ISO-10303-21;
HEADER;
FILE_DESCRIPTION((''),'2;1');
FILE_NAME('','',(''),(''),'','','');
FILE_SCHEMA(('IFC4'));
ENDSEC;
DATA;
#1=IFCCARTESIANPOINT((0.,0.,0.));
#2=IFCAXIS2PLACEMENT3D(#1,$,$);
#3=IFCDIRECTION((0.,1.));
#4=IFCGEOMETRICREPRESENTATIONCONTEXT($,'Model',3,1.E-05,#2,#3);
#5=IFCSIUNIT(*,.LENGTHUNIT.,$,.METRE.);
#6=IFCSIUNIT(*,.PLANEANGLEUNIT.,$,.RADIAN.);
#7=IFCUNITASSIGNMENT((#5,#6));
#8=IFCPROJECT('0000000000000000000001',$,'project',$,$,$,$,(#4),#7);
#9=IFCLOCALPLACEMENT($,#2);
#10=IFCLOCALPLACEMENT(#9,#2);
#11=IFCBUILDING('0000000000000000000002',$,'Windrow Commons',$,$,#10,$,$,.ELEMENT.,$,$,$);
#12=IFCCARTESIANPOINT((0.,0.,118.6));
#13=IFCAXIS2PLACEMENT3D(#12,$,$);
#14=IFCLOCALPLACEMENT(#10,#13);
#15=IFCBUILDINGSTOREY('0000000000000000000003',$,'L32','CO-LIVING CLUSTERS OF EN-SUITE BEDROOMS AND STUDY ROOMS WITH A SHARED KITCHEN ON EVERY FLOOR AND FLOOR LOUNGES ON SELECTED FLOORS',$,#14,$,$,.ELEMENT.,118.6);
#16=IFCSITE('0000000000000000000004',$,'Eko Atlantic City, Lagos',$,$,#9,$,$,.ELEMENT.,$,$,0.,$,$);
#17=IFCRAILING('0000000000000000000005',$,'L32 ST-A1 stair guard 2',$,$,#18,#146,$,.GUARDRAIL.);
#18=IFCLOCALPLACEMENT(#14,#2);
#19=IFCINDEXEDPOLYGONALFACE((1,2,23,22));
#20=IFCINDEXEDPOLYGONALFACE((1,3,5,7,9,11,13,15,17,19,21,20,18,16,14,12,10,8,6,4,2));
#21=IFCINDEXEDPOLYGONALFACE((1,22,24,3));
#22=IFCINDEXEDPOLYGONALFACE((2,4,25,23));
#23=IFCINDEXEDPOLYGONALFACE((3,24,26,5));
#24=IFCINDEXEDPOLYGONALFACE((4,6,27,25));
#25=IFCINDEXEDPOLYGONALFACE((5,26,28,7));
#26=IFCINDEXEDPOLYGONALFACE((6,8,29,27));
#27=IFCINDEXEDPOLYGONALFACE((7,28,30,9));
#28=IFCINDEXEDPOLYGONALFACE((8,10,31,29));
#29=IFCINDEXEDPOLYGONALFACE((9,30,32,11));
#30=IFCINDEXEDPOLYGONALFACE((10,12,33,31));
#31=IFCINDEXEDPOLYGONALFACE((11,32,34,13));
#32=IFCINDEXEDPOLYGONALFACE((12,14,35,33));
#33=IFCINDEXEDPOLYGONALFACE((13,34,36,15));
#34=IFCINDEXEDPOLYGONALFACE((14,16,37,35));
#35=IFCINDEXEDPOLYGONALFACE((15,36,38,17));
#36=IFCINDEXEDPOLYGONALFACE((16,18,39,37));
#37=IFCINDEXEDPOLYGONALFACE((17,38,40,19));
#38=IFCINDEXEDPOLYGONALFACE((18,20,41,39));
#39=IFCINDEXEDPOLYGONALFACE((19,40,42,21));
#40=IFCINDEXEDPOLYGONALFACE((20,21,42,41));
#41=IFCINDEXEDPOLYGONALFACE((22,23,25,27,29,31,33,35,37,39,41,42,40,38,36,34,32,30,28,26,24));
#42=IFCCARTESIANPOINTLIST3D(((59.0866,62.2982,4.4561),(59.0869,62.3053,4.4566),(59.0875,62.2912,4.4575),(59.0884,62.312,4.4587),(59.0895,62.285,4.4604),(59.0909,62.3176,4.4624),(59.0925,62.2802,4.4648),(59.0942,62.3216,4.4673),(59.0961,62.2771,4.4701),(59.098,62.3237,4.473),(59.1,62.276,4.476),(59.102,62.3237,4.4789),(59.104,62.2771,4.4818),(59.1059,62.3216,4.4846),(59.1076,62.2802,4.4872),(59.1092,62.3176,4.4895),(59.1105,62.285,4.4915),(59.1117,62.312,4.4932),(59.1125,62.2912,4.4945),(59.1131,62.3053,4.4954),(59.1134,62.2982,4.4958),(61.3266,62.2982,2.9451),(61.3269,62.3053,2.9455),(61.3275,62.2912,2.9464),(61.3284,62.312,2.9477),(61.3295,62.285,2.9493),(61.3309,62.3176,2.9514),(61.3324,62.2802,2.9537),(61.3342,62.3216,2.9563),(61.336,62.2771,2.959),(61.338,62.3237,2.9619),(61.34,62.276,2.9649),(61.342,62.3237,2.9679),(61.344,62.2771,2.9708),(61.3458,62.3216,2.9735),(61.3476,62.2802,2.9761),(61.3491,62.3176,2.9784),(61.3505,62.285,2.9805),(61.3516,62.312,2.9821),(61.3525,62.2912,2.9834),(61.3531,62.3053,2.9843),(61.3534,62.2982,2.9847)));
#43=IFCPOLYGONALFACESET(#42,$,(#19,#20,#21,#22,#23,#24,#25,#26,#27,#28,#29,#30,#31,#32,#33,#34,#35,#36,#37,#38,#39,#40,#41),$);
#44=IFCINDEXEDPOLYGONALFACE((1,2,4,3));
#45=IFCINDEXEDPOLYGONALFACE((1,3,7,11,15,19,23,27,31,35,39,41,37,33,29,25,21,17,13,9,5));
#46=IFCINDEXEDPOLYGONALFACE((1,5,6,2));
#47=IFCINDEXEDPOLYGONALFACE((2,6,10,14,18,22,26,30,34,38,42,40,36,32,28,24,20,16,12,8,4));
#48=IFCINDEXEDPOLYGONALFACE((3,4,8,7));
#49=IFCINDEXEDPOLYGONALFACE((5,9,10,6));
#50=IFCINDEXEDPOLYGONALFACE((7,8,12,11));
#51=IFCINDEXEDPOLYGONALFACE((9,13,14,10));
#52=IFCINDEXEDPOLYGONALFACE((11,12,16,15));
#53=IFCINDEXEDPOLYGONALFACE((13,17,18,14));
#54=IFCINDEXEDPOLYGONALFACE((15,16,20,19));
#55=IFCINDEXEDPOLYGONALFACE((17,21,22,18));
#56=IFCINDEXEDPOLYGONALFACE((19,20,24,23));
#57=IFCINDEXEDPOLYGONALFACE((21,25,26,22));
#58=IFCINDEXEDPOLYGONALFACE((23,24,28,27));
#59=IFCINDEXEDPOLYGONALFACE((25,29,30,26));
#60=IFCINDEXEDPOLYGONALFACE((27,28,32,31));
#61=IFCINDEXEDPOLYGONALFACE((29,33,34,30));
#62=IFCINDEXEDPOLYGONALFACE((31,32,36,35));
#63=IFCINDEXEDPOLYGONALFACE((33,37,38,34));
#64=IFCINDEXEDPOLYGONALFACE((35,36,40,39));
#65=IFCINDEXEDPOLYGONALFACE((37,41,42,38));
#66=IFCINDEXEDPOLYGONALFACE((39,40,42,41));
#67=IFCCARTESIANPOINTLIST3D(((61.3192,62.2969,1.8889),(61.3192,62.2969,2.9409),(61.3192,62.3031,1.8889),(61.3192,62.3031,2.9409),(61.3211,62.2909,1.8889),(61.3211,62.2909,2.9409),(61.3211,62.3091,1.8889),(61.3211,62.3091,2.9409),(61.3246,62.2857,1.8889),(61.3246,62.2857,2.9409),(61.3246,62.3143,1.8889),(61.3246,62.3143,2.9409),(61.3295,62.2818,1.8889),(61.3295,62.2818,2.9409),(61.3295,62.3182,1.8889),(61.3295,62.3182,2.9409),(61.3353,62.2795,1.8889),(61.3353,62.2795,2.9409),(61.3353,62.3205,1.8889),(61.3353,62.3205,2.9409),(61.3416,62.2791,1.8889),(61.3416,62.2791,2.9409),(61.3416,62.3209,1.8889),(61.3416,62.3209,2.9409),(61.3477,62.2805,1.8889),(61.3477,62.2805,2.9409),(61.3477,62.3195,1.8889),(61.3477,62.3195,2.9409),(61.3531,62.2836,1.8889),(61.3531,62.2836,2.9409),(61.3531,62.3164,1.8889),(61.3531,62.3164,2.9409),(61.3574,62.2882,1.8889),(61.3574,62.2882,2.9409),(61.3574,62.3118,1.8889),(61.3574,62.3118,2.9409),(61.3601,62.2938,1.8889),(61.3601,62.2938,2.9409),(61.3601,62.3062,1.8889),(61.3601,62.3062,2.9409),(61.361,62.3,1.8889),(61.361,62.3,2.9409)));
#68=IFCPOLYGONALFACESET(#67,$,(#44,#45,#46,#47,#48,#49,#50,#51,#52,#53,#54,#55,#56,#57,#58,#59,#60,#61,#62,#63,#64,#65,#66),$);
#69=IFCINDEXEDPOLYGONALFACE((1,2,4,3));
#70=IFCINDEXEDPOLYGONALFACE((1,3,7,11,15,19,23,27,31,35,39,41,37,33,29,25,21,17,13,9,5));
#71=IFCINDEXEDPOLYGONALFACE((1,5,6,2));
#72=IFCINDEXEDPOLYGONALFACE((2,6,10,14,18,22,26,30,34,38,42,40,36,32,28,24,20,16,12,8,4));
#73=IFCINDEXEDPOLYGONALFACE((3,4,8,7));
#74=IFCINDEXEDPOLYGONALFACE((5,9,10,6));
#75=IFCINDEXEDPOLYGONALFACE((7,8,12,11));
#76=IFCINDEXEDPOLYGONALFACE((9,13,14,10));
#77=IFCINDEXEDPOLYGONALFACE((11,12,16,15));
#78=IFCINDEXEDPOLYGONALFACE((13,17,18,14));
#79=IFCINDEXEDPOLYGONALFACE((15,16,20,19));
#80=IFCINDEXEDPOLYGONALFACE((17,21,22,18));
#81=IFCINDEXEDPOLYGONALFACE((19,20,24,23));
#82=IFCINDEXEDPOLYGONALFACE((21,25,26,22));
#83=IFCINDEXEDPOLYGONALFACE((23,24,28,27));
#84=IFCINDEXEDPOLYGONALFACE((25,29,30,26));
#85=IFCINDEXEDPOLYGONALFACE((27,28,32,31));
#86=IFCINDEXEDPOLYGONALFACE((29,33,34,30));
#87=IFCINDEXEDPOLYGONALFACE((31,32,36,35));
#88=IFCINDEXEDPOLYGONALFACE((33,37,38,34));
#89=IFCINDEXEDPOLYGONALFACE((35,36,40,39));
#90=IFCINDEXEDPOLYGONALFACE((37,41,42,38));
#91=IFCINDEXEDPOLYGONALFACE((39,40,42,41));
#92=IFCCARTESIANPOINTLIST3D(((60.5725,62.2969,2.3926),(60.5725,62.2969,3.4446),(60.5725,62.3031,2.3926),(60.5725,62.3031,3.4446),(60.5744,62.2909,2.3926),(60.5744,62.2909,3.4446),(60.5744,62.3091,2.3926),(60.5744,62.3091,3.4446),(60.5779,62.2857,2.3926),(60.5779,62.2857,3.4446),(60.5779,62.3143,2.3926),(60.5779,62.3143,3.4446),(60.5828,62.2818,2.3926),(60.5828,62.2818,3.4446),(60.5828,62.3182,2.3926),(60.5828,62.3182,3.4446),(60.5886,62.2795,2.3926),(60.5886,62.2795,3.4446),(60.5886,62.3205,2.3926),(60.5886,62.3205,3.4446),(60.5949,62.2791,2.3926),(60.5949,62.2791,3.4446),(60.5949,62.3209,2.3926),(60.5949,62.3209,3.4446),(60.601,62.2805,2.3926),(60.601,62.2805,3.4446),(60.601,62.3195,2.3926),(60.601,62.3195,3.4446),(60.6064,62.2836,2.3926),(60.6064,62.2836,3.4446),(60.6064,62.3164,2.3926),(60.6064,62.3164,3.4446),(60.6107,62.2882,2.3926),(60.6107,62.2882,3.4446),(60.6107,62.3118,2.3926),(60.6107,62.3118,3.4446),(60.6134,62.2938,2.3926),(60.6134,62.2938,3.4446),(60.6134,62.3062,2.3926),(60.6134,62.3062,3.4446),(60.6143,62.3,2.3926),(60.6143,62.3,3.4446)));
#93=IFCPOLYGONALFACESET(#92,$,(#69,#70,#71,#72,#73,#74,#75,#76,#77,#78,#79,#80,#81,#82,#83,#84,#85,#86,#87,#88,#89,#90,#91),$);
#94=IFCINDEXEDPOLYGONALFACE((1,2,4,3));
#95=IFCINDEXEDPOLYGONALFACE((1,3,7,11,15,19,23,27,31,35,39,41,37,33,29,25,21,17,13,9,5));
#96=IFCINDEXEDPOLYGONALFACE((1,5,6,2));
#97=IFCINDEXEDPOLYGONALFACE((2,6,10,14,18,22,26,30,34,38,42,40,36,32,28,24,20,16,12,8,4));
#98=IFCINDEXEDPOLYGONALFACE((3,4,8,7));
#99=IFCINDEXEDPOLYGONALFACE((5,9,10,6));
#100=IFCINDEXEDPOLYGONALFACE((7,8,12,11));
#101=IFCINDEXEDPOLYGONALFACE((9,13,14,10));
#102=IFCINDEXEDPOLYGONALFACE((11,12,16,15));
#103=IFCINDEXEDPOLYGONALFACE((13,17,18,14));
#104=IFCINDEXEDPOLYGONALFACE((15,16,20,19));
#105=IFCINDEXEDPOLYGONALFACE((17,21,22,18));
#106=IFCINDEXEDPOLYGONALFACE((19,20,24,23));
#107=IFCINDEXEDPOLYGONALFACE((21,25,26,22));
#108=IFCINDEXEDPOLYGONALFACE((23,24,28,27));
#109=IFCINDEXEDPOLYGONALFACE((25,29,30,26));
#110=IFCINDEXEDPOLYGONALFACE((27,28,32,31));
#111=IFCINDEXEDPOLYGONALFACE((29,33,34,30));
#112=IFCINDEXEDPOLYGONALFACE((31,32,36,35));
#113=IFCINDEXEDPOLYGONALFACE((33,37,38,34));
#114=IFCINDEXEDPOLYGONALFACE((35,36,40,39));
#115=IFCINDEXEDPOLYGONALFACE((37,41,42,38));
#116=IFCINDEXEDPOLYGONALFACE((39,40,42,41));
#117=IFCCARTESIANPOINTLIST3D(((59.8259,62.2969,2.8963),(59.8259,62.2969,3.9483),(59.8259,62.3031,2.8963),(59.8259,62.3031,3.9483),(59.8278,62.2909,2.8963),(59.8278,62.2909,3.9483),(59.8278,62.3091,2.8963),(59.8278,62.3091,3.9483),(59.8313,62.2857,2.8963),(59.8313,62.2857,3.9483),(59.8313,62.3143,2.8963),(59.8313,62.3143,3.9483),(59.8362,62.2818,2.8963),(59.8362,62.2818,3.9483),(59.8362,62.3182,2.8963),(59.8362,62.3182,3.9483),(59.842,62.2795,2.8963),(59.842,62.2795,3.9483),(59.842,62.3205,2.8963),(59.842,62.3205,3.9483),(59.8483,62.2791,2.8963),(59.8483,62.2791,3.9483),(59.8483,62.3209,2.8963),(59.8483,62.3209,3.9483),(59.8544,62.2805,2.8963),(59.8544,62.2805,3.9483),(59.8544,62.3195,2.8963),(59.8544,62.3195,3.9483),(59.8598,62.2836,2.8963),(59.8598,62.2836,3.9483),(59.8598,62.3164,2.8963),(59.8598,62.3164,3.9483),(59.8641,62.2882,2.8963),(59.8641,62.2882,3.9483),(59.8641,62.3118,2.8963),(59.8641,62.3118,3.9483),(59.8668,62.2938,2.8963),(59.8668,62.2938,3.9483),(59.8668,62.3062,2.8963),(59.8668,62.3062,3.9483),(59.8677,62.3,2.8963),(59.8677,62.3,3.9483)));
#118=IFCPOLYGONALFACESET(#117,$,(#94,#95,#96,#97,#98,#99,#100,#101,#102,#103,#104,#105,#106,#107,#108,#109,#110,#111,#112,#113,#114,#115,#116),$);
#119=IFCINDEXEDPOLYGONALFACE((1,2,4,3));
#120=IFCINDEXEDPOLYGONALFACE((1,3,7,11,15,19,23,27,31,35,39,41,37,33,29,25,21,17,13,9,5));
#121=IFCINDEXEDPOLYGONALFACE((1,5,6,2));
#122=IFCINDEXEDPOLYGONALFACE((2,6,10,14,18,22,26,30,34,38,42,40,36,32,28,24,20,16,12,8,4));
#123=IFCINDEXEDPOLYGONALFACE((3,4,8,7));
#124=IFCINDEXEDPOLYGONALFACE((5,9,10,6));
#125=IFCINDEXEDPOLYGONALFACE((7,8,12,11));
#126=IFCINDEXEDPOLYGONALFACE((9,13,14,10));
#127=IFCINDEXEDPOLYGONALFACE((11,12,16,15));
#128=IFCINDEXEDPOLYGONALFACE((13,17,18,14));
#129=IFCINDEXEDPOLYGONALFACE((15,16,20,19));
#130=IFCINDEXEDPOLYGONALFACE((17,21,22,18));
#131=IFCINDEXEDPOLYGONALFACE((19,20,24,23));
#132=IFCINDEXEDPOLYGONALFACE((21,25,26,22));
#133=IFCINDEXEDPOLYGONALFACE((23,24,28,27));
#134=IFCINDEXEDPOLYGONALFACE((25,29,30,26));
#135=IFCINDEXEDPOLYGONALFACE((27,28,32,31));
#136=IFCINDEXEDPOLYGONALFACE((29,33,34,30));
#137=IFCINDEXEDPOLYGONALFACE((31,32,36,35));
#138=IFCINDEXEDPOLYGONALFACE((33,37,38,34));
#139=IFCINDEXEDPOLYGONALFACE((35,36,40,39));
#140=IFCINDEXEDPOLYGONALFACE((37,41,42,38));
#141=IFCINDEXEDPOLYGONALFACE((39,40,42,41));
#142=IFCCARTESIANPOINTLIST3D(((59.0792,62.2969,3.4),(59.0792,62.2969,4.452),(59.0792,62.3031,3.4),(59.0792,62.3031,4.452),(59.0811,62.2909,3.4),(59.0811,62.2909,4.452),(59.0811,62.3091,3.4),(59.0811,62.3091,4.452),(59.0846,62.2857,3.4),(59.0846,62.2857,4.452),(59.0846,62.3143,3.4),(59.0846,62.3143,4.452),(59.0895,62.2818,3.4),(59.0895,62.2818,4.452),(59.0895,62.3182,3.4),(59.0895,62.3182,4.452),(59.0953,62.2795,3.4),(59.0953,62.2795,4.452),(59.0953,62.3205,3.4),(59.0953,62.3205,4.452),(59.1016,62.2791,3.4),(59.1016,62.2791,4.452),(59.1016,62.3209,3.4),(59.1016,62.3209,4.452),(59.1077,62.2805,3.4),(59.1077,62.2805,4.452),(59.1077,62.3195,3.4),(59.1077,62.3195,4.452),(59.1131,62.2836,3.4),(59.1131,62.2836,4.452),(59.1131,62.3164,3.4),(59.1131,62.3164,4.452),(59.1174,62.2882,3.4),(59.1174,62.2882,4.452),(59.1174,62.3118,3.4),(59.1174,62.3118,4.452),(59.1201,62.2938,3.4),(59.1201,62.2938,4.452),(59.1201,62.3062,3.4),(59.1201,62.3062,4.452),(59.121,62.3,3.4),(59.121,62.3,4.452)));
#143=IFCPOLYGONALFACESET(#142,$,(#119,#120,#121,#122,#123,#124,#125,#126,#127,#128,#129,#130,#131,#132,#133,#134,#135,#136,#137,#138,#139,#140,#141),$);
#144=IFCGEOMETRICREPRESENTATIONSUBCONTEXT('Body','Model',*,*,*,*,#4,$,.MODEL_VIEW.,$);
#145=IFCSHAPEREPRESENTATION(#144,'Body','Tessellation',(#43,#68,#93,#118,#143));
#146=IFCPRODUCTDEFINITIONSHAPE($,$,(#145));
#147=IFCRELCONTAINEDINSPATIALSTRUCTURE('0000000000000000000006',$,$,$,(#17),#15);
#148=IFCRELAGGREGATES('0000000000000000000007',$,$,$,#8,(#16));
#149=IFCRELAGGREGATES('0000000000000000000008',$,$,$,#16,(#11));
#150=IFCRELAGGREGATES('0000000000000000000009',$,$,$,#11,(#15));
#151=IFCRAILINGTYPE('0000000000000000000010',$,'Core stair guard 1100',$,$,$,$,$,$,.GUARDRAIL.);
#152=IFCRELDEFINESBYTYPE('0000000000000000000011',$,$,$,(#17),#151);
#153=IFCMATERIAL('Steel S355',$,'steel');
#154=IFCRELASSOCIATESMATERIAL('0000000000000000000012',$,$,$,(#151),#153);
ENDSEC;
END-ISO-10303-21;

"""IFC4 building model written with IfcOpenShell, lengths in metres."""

from ifc_helpers import new_model, si_unit, direction, frame, origin, origin_2d, place, context, subcontext, project, spatial, circle, extrude, material, type_object, element, save


model = new_model("IFC4")

# Units and contexts
model_context = context("Model", 3, precision=1e-05, world=origin(), true_north=direction((0.0, 1.0)))
body_context = subcontext(model_context, "Body", "Model", "MODEL_VIEW")
ifc_project = project(units=[si_unit("LENGTHUNIT", "METRE"), si_unit("PLANEANGLEUNIT", "RADIAN")], contexts=[model_context])

# Site, building, storey
site_placement = place(None, origin())
site = spatial("IfcSite", under=ifc_project, at=site_placement, Name="Eko Atlantic City, Lagos", CompositionType="ELEMENT", RefElevation=0.0)
building_placement = place(site_placement, origin())
building = spatial("IfcBuilding", under=site, at=building_placement, Name="Windrow Commons", CompositionType="ELEMENT")
storey_placement = place(building_placement, frame((0.0, 0.0, 118.6)))
storey = spatial("IfcBuildingStorey", under=building, at=storey_placement, Name="L32", Description="CO-LIVING CLUSTERS OF EN-SUITE BEDROOMS AND STUDY ROOMS WITH A SHARED KITCHEN ON EVERY FLOOR AND FLOOR LOUNGES ON SELECTED FLOORS", CompositionType="ELEMENT", Elevation=118.6)

# Railing
ifc_material_1 = material(Name="Steel S355", Category="steel")
railing_type_1 = type_object("IfcRailingType", Name="Core stair guard 1100", PredefinedType="GUARDRAIL", material=ifc_material_1)
railing_1_placement = place(storey_placement, frame((61.34, 62.3, 1.8889)))
element("IfcRailing", 1, at=railing_1_placement, inside=storey, type_object=railing_type_1, Name="L32 ST-A1 stair guard 2", PredefinedType="GUARDRAIL", context=body_context, shape_type="SweptSolid", body=[
    extrude(circle(Radius=0.024, at=origin_2d()), frame((0.0, 0.0, 1.076), z_axis=(-0.829003, 0.0, 0.559244), x_axis=(0.0, -1.0, 0.0)), (0.0, 0.0, 1.0), 2.702),
    extrude(circle(Radius=0.021, at=origin_2d()), origin(), (0.0, 0.0, 1.0), 1.052),
    extrude(circle(Radius=0.021, at=origin_2d()), frame((-0.7467, 0.0, 0.5037)), (0.0, 0.0, 1.0), 1.052),
    extrude(circle(Radius=0.021, at=origin_2d()), frame((-1.4933, 0.0, 1.0074)), (0.0, 0.0, 1.0), 1.052),
    extrude(circle(Radius=0.021, at=origin_2d()), frame((-2.24, 0.0, 1.5111)), (0.0, 0.0, 1.0), 1.052),
])

save(model, "model.ifc")
